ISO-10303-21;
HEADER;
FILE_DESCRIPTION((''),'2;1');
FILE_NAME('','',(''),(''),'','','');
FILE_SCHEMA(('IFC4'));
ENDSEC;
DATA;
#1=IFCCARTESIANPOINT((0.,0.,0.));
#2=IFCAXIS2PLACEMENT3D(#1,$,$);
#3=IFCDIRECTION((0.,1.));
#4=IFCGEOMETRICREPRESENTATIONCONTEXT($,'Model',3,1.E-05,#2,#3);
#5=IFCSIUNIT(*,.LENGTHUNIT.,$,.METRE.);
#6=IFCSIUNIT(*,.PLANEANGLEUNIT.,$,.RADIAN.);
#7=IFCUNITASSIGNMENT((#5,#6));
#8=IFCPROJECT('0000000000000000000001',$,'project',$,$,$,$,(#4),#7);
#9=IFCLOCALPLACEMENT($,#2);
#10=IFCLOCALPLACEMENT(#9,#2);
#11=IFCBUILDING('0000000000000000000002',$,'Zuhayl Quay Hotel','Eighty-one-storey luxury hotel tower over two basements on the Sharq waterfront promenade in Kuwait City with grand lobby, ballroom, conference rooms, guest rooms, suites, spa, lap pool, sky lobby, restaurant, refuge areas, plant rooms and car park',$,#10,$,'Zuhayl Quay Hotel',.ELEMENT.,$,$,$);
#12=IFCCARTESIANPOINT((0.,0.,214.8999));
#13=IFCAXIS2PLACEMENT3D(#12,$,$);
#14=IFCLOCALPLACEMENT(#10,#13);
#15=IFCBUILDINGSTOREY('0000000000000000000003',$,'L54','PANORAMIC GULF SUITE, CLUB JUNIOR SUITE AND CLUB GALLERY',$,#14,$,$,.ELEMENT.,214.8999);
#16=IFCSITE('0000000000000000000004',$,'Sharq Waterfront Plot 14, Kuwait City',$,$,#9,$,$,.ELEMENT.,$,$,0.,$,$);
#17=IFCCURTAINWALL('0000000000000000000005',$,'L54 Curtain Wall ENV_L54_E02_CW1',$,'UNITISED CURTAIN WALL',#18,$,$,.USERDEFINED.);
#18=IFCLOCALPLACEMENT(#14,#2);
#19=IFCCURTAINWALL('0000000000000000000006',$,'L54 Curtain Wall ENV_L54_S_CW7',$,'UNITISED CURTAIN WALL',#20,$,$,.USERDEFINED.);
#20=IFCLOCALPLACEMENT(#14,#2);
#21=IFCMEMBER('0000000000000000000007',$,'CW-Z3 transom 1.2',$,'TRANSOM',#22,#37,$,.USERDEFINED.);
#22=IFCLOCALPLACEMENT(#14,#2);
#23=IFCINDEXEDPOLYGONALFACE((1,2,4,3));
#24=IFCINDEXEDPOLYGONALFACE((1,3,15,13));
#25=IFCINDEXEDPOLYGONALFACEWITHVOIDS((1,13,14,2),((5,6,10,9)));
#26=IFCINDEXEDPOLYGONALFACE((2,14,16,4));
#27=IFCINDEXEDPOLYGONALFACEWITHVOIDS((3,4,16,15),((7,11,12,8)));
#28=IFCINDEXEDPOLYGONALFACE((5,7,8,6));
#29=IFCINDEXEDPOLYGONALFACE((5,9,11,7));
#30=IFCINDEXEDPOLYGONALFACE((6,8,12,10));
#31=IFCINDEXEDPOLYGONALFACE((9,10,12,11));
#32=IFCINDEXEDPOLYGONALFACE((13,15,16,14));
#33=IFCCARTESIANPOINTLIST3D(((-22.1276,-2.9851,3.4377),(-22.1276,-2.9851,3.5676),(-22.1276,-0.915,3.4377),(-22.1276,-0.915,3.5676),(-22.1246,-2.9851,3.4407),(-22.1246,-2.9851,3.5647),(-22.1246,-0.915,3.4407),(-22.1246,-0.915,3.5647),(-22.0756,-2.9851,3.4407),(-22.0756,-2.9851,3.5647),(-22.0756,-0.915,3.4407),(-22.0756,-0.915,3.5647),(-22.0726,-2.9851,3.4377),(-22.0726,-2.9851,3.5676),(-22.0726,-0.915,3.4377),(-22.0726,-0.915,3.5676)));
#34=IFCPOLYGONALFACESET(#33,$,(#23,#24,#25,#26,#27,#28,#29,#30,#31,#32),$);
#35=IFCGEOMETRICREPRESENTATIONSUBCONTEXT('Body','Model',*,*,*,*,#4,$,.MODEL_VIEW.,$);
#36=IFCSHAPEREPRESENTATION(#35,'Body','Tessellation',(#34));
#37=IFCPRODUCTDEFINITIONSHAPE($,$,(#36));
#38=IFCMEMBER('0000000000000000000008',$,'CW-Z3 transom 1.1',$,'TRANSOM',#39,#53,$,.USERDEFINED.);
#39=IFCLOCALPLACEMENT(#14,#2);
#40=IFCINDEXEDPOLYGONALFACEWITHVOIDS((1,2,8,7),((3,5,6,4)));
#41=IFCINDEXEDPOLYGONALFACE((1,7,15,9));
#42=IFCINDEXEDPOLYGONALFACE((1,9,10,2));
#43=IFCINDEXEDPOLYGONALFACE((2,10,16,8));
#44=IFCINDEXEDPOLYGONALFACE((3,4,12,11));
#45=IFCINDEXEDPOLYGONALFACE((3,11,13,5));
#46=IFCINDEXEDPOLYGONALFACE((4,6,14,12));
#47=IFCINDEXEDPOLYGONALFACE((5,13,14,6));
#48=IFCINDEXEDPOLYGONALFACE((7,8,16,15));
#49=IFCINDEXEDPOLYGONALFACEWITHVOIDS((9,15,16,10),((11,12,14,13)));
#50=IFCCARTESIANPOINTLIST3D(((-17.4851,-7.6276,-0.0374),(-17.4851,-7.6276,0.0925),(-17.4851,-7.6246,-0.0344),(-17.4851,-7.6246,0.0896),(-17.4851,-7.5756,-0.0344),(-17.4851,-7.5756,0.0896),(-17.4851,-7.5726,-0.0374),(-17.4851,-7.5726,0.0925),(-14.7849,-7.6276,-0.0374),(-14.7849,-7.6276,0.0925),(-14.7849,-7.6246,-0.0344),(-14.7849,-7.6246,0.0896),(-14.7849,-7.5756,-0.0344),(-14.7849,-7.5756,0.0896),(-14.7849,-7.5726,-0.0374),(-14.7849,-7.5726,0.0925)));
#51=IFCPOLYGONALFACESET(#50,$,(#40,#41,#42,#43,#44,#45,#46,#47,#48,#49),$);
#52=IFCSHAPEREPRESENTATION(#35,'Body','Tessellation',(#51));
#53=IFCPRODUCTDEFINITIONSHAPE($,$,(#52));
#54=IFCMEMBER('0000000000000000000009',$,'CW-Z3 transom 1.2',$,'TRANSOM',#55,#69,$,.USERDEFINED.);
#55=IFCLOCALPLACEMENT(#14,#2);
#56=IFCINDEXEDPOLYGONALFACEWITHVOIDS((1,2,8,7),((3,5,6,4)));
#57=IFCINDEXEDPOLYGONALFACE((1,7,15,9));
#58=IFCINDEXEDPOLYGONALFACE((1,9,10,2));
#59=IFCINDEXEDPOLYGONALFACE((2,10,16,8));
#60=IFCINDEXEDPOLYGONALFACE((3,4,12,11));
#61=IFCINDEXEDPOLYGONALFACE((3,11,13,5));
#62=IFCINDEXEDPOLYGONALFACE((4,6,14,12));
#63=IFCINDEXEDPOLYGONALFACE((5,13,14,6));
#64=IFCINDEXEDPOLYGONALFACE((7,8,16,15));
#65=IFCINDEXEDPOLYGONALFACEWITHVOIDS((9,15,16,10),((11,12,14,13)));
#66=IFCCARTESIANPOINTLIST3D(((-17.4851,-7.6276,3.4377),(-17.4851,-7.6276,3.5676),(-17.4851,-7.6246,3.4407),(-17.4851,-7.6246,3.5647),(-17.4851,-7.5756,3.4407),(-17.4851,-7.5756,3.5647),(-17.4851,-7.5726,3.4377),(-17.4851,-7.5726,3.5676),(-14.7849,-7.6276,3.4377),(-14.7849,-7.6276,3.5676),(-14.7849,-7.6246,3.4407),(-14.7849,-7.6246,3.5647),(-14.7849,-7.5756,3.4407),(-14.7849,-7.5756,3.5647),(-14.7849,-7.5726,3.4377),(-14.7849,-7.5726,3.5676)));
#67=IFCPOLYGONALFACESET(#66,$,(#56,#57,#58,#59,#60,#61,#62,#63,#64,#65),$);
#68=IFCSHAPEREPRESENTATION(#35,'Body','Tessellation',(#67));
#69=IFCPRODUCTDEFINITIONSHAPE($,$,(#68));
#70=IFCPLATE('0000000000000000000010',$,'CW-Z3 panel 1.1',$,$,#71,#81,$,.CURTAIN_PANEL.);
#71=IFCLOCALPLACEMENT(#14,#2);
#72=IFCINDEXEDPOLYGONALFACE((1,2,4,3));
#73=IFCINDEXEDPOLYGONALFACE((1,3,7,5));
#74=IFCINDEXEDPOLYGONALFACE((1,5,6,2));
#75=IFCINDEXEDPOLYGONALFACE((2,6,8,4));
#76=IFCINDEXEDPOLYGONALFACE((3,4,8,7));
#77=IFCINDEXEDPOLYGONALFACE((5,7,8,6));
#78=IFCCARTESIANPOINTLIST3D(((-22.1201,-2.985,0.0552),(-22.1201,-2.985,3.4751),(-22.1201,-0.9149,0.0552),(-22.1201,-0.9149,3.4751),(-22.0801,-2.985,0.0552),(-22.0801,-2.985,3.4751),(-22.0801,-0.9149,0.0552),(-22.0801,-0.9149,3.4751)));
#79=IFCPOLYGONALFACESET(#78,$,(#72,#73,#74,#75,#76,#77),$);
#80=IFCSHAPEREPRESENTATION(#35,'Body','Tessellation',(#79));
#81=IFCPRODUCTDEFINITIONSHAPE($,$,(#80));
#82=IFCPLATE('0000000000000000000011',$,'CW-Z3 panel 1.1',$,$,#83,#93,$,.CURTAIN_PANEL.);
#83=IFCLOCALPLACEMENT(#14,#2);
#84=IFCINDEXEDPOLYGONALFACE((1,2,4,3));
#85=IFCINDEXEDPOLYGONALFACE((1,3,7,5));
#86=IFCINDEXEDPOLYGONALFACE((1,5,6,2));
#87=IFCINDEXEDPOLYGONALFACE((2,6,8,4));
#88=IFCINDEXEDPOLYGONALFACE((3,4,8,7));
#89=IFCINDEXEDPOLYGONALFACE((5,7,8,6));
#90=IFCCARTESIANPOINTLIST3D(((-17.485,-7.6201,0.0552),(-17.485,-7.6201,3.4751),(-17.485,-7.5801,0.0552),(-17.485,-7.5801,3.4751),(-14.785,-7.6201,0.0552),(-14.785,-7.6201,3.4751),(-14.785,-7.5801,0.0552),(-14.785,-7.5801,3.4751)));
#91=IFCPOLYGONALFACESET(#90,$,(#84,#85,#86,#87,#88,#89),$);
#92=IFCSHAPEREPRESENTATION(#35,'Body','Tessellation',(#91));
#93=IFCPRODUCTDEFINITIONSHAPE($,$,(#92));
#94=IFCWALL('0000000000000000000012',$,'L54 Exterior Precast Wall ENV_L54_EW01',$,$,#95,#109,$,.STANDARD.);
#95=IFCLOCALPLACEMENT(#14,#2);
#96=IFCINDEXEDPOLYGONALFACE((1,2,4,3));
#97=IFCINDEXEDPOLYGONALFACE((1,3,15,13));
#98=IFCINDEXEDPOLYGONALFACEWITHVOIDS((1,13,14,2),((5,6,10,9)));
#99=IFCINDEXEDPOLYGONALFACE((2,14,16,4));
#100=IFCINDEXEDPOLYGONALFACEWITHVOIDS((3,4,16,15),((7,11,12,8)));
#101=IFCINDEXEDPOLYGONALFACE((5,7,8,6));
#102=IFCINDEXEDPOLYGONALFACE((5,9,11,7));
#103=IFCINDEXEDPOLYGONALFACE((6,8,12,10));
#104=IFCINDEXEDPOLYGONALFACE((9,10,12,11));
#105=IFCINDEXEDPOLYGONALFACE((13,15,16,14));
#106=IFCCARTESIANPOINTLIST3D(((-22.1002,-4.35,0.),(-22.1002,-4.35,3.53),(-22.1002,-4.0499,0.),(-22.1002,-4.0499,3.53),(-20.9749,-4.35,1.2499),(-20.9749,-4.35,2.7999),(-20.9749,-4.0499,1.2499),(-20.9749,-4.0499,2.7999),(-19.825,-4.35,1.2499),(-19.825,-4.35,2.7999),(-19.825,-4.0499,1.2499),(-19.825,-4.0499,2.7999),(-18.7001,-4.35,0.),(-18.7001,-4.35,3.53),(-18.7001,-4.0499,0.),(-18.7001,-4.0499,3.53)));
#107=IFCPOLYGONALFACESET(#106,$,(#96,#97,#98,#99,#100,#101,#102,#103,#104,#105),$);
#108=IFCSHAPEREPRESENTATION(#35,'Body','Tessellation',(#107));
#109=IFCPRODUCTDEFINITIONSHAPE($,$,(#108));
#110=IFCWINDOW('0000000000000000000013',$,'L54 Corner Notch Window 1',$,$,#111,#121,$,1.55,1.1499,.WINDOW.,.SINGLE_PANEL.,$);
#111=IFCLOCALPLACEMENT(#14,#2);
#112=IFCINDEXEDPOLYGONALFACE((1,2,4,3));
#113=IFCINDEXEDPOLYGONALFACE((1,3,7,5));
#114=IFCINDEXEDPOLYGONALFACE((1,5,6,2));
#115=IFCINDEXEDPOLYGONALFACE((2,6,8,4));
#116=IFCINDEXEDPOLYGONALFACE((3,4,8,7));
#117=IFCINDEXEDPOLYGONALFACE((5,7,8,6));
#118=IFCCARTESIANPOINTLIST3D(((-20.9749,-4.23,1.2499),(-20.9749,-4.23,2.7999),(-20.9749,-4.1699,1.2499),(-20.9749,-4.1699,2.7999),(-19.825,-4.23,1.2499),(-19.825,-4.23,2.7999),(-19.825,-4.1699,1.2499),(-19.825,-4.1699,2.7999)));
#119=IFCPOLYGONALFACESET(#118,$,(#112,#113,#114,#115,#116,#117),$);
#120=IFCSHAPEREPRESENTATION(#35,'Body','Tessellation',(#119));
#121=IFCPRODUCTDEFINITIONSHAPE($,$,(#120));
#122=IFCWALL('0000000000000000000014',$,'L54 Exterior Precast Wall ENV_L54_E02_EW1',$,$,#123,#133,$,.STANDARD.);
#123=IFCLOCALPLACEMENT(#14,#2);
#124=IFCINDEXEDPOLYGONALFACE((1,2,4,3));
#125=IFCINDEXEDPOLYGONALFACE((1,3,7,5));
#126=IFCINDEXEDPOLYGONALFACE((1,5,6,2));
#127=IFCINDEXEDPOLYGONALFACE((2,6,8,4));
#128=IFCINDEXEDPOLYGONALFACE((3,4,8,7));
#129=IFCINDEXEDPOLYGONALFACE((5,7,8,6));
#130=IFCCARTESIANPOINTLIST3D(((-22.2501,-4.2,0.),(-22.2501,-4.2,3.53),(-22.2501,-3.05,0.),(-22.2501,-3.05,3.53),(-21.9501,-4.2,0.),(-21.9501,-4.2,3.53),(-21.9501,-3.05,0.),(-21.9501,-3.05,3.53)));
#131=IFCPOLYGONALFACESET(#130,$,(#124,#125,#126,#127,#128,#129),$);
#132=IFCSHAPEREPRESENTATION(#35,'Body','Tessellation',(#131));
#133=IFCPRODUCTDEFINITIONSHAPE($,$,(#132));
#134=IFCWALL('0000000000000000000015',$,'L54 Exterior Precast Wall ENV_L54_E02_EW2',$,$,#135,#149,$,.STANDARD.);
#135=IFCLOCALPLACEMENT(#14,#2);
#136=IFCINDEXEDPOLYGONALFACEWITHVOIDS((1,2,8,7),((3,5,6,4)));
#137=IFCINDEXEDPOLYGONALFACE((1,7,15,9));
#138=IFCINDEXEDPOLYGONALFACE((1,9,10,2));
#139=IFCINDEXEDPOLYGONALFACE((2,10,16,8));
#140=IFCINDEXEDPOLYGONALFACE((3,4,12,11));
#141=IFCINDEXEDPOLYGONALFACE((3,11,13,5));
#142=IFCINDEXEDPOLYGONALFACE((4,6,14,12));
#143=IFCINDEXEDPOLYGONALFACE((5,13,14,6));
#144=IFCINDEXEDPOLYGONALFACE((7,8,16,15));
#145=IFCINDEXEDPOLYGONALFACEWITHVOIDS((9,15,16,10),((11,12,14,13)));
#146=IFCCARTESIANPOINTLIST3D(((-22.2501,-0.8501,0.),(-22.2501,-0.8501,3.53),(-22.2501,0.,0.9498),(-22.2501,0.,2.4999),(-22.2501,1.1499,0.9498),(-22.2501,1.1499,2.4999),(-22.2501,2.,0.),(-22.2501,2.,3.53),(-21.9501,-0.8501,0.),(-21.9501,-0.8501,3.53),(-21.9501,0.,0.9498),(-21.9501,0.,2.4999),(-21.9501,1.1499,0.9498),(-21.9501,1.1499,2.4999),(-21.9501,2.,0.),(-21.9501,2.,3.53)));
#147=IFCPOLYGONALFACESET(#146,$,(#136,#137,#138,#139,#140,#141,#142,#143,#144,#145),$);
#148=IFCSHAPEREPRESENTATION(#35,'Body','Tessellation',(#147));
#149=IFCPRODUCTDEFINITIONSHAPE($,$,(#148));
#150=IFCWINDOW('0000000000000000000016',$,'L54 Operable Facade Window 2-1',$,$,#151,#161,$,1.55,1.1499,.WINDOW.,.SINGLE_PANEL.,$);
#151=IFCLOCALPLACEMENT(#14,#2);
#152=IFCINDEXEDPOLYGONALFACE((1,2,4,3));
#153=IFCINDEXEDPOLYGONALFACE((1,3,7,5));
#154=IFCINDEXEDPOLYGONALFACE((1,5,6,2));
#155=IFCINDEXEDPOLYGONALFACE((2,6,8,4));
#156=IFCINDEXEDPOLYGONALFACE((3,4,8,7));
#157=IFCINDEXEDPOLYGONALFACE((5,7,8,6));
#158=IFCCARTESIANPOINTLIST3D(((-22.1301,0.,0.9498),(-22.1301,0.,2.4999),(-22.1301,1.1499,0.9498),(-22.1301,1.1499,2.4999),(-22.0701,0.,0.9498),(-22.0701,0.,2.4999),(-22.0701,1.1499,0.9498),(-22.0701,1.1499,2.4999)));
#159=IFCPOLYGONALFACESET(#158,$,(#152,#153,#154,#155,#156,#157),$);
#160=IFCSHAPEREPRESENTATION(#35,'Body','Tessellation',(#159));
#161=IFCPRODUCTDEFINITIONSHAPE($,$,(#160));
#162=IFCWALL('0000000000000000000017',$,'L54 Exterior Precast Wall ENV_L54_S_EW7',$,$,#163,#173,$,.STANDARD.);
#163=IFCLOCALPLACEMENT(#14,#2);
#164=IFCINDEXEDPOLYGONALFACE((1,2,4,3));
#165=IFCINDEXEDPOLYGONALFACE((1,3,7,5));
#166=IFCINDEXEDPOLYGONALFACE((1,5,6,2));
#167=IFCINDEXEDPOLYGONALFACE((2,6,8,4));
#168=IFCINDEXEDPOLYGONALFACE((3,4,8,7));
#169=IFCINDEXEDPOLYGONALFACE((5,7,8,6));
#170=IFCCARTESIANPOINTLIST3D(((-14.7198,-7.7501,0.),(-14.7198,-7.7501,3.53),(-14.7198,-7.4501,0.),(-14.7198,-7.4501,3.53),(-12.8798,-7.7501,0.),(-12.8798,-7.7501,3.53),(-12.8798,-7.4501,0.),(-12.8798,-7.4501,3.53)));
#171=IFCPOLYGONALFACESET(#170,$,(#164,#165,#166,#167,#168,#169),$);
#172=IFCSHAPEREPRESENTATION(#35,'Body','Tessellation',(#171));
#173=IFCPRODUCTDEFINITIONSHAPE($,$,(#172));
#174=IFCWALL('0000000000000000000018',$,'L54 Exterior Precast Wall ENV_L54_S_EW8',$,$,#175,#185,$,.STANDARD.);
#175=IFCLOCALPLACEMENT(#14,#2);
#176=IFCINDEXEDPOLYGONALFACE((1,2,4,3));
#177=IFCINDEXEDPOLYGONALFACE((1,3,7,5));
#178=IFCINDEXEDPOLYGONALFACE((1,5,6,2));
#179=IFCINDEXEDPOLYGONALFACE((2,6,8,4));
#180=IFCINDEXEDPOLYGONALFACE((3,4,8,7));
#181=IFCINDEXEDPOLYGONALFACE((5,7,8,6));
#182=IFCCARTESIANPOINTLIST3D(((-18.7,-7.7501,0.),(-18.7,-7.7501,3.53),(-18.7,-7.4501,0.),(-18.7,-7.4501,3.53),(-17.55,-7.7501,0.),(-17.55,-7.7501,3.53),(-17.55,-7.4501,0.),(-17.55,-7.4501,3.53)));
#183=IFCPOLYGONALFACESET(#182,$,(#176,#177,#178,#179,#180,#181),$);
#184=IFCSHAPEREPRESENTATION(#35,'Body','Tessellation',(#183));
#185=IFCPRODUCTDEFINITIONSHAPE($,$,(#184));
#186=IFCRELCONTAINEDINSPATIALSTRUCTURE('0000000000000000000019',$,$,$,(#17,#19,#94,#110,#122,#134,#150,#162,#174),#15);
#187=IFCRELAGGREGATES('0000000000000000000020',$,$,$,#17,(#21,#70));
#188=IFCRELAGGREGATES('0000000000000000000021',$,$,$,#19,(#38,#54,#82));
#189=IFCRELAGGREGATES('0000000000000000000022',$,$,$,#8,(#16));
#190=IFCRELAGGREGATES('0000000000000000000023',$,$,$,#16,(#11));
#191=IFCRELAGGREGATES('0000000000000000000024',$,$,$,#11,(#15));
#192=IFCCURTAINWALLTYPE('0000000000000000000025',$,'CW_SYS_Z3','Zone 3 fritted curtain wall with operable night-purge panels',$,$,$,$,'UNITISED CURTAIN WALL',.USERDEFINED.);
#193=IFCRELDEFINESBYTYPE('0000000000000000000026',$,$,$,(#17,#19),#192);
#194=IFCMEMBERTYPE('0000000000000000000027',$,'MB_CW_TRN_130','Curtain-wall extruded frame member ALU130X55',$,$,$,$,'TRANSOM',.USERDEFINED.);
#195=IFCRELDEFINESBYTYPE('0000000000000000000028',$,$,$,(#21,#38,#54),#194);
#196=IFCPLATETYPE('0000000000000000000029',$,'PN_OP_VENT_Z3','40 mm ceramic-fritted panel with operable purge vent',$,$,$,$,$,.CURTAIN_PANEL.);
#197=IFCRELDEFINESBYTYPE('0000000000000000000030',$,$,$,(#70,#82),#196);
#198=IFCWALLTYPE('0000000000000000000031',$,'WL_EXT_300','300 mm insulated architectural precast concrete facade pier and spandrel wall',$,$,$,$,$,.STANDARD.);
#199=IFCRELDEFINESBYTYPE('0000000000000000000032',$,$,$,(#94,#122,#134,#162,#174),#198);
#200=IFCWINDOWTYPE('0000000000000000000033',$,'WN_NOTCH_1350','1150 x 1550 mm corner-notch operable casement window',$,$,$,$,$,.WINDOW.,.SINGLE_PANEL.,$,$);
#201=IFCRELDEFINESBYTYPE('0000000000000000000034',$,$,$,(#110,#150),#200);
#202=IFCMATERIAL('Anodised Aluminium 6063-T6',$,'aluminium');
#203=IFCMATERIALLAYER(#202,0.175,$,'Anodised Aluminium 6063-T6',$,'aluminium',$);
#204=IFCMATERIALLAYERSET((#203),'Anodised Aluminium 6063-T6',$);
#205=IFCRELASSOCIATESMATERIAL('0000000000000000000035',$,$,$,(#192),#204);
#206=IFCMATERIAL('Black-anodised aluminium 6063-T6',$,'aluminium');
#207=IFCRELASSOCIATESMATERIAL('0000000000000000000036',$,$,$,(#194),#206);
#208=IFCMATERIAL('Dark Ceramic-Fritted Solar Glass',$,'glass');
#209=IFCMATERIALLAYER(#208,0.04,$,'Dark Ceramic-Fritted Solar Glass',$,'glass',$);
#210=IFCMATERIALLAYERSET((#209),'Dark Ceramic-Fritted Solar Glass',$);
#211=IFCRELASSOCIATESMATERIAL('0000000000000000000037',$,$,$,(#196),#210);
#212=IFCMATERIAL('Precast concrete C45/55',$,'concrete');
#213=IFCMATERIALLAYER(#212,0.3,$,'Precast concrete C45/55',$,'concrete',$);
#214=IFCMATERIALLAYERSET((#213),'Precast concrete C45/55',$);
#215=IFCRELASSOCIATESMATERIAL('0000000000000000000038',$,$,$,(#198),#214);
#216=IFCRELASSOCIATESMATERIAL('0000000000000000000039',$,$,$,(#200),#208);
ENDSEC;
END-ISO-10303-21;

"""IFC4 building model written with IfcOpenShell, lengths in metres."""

from ifc_helpers import new_model, si_unit, direction, frame, frame_2d, origin, origin_2d, place, context, subcontext, project, spatial, rectangle, hollow_rectangle, extrude, material, layer, layer_set, material_profile, profile_set, type_object, element, fill, aggregate, save


model = new_model("IFC4")

# Units and contexts
model_context = context("Model", 3, precision=1e-05, world=origin(), true_north=direction((0.0, 1.0)))
body_context = subcontext(model_context, "Body", "Model", "MODEL_VIEW")
ifc_project = project(units=[si_unit("LENGTHUNIT", "METRE"), si_unit("PLANEANGLEUNIT", "RADIAN")], contexts=[model_context])

# Site, building, storey
site_placement = place(None, origin())
site = spatial("IfcSite", under=ifc_project, at=site_placement, Name="Sharq Waterfront Plot 14, Kuwait City", CompositionType="ELEMENT", RefElevation=0.0)
building_placement = place(site_placement, origin())
building = spatial("IfcBuilding", under=site, at=building_placement, Name="Zuhayl Quay Hotel", Description="Eighty-one-storey luxury hotel tower over two basements on the Sharq waterfront promenade in Kuwait City with grand lobby, ballroom, conference rooms, guest rooms, suites, spa, lap pool, sky lobby, restaurant, refuge areas, plant rooms and car park", LongName="Zuhayl Quay Hotel", CompositionType="ELEMENT")
storey_placement = place(building_placement, frame((0.0, 0.0, 214.8999)))
storey = spatial("IfcBuildingStorey", under=building, at=storey_placement, Name="L54", Description="PANORAMIC GULF SUITE, CLUB JUNIOR SUITE AND CLUB GALLERY", CompositionType="ELEMENT", Elevation=214.8999)

# Curtain wall
ifc_material_1 = material(Name="Anodised Aluminium 6063-T6", Category="aluminium")
ifc_layer_1 = layer(ifc_material_1, 0.175, Name="Anodised Aluminium 6063-T6", Category="aluminium")
ifc_layer_set_1 = layer_set([ifc_layer_1], Name="Anodised Aluminium 6063-T6")
curtain_wall_type = type_object("IfcCurtainWallType", Name="CW_SYS_Z3", Description="Zone 3 fritted curtain wall with operable night-purge panels", ElementType="UNITISED CURTAIN WALL", PredefinedType="USERDEFINED", material=ifc_layer_set_1)
curtain_wall_1_placement = place(storey_placement, origin())
curtain_wall_1 = element("IfcCurtainWall", 1, at=curtain_wall_1_placement, inside=storey, type_object=curtain_wall_type, Name="L54 Curtain Wall ENV_L54_E02_CW1", ObjectType="UNITISED CURTAIN WALL", PredefinedType="USERDEFINED")
ifc_material_2 = material(Name="Black-anodised aluminium 6063-T6", Category="aluminium")

# Curtain wall
curtain_wall_2_placement = place(storey_placement, origin())
curtain_wall_2 = element("IfcCurtainWall", 2, at=curtain_wall_2_placement, inside=storey, type_object=curtain_wall_type, Name="L54 Curtain Wall ENV_L54_S_CW7", ObjectType="UNITISED CURTAIN WALL", PredefinedType="USERDEFINED")

# Members
ifc_material_profile_1 = material_profile(ifc_material_2, hollow_rectangle(XDim=0.0549, YDim=0.1299, WallThickness=0.0029, at=origin_2d()), Name="ALU130X55")
ifc_profile_set_1 = profile_set([ifc_material_profile_1], Name="Black-anodised aluminium 6063-T6")
member_type_1 = type_object("IfcMemberType", Name="MB_CW_TRN_130", Description="Curtain-wall extruded frame member ALU130X55", ElementType="TRANSOM", PredefinedType="USERDEFINED", material=ifc_profile_set_1)
member_1_placement = place(storey_placement, frame((-22.1001, -2.9851, 3.5027), z_axis=(0.0, 1.0, 0.0), x_axis=(-1.0, 0.0, 0.0)))
member_1 = element("IfcMember", 3, at=member_1_placement, type_object=member_type_1, Name="CW-Z3 transom 1.2", ObjectType="TRANSOM", PredefinedType="USERDEFINED", context=body_context, shape_type="SweptSolid", body=[
    extrude(hollow_rectangle(XDim=0.0549, YDim=0.1299, WallThickness=0.0029, at=origin_2d()), origin(), (0.0, 0.0, 1.0), 2.0701),
])
member_2_placement = place(storey_placement, frame((-14.7849, -7.6001, 0.0276), z_axis=(-1.0, 0.0, 0.0), x_axis=(0.0, -1.0, 0.0)))
member_2 = element("IfcMember", 4, at=member_2_placement, type_object=member_type_1, Name="CW-Z3 transom 1.1", ObjectType="TRANSOM", PredefinedType="USERDEFINED", context=body_context, shape_type="SweptSolid", body=[
    extrude(hollow_rectangle(XDim=0.0549, YDim=0.1299, WallThickness=0.0029, at=origin_2d()), origin(), (0.0, 0.0, 1.0), 2.7002),
])
member_3_placement = place(storey_placement, frame((-14.7849, -7.6001, 3.5027), z_axis=(-1.0, 0.0, 0.0), x_axis=(0.0, -1.0, 0.0)))
member_3 = element("IfcMember", 5, at=member_3_placement, type_object=member_type_1, Name="CW-Z3 transom 1.2", ObjectType="TRANSOM", PredefinedType="USERDEFINED", context=body_context, shape_type="SweptSolid", body=[
    extrude(hollow_rectangle(XDim=0.0549, YDim=0.1299, WallThickness=0.0029, at=origin_2d()), origin(), (0.0, 0.0, 1.0), 2.7002),
])

# Plates
ifc_material_3 = material(Name="Dark Ceramic-Fritted Solar Glass", Category="glass")
ifc_layer_2 = layer(ifc_material_3, 0.04, Name="Dark Ceramic-Fritted Solar Glass", Category="glass")
ifc_layer_set_2 = layer_set([ifc_layer_2], Name="Dark Ceramic-Fritted Solar Glass")
plate_type = type_object("IfcPlateType", Name="PN_OP_VENT_Z3", Description="40 mm ceramic-fritted panel with operable purge vent", PredefinedType="CURTAIN_PANEL", material=ifc_layer_set_2)
plate_1_placement = place(storey_placement, frame((-22.1001, -1.95, 0.0552), z_axis=(0.0, 0.0, 1.0), x_axis=(0.0, 1.0, 0.0)))
plate_1 = element("IfcPlate", 6, at=plate_1_placement, type_object=plate_type, Name="CW-Z3 panel 1.1", PredefinedType="CURTAIN_PANEL", context=body_context, shape_type="SweptSolid", body=[
    extrude(rectangle(XDim=2.0701, YDim=0.04, at=origin_2d()), origin(), (0.0, 0.0, 1.0), 3.4199),
])
aggregate(curtain_wall_1, [member_1, plate_1])
plate_2_placement = place(storey_placement, frame((-16.135, -7.6001, 0.0552), z_axis=(0.0, 0.0, 1.0), x_axis=(-1.0, 0.0, 0.0)))
plate_2 = element("IfcPlate", 7, at=plate_2_placement, type_object=plate_type, Name="CW-Z3 panel 1.1", PredefinedType="CURTAIN_PANEL", context=body_context, shape_type="SweptSolid", body=[
    extrude(rectangle(XDim=2.7, YDim=0.04, at=origin_2d()), origin(), (0.0, 0.0, 1.0), 3.4199),
])
aggregate(curtain_wall_2, [member_2, member_3, plate_2])

# Wall, opening, window
ifc_material_4 = material(Name="Precast concrete C45/55", Category="concrete")
ifc_layer_3 = layer(ifc_material_4, 0.3, Name="Precast concrete C45/55", Category="concrete")
ifc_layer_set_3 = layer_set([ifc_layer_3], Name="Precast concrete C45/55")
wall_type_1 = type_object("IfcWallType", Name="WL_EXT_300", Description="300 mm insulated architectural precast concrete facade pier and spandrel wall", PredefinedType="STANDARD", material=ifc_layer_set_3)
wall_1_placement = place(storey_placement, frame((-18.7, -4.2, 0.0), z_axis=(0.0, 0.0, 1.0), x_axis=(-1.0, 0.0, 0.0)))
wall_1 = element("IfcWall", 8, at=wall_1_placement, inside=storey, type_object=wall_type_1, Name="L54 Exterior Precast Wall ENV_L54_EW01", PredefinedType="STANDARD", context=body_context, shape_type="SweptSolid", body=[
    extrude(rectangle(XDim=3.4001, YDim=0.3, at=frame_2d((1.7002, 0.0))), origin(), (0.0, 0.0, 1.0), 3.53),
])
opening_1_placement = place(wall_1_placement, frame((1.125, 0.0, 1.25)))
opening_1 = element("IfcOpeningElement", 9, at=opening_1_placement, cuts=wall_1, PredefinedType="OPENING", context=body_context, shape_type="SweptSolid", body=[
    extrude(rectangle(XDim=1.1499, YDim=1.55, at=frame_2d((0.575, 0.7749))), frame((0.0, 0.1599, 0.0), z_axis=(0.0, -1.0, 0.0), x_axis=(1.0, 0.0, 0.0)), (0.0, 0.0, 1.0), 0.3201),
])
window_type = type_object("IfcWindowType", Name="WN_NOTCH_1350", Description="1150 x 1550 mm corner-notch operable casement window", PartitioningType="SINGLE_PANEL", PredefinedType="WINDOW", material=ifc_material_3)
window_1_placement = place(opening_1_placement, origin())
window_1 = element("IfcWindow", 10, at=window_1_placement, inside=storey, type_object=window_type, Name="L54 Corner Notch Window 1", OverallHeight=1.55, OverallWidth=1.1499, PartitioningType="SINGLE_PANEL", PredefinedType="WINDOW", context=body_context, shape_type="SweptSolid", body=[
    extrude(rectangle(XDim=1.1499, YDim=1.55, at=frame_2d((0.575, 0.7749))), frame((0.0, 0.03, 0.0), z_axis=(0.0, -1.0, 0.0), x_axis=(1.0, 0.0, 0.0)), (0.0, 0.0, 1.0), 0.0601),
])
fill(opening_1, window_1)

# Wall
wall_2_placement = place(storey_placement, frame((-22.1001, -4.2, 0.0), z_axis=(0.0, 0.0, 1.0), x_axis=(0.0, 1.0, 0.0)))
element("IfcWall", 11, at=wall_2_placement, inside=storey, type_object=wall_type_1, Name="L54 Exterior Precast Wall ENV_L54_E02_EW1", PredefinedType="STANDARD", context=body_context, shape_type="SweptSolid", body=[
    extrude(rectangle(XDim=1.1499, YDim=0.3, at=frame_2d((0.575, 0.0))), origin(), (0.0, 0.0, 1.0), 3.53),
])

# Wall, opening, window
wall_3_placement = place(storey_placement, frame((-22.1001, -0.8501, 0.0), z_axis=(0.0, 0.0, 1.0), x_axis=(0.0, 1.0, 0.0)))
wall_3 = element("IfcWall", 12, at=wall_3_placement, inside=storey, type_object=wall_type_1, Name="L54 Exterior Precast Wall ENV_L54_E02_EW2", PredefinedType="STANDARD", context=body_context, shape_type="SweptSolid", body=[
    extrude(rectangle(XDim=2.8501, YDim=0.3, at=frame_2d((1.425, 0.0))), origin(), (0.0, 0.0, 1.0), 3.53),
])
opening_2_placement = place(wall_3_placement, frame((0.8501, 0.0, 0.95)))
opening_2 = element("IfcOpeningElement", 13, at=opening_2_placement, cuts=wall_3, PredefinedType="OPENING", context=body_context, shape_type="SweptSolid", body=[
    extrude(rectangle(XDim=1.1499, YDim=1.55, at=frame_2d((0.575, 0.7749))), frame((0.0, 0.1599, 0.0), z_axis=(0.0, -1.0, 0.0), x_axis=(1.0, 0.0, 0.0)), (0.0, 0.0, 1.0), 0.3201),
])
window_2_placement = place(opening_2_placement, origin())
window_2 = element("IfcWindow", 14, at=window_2_placement, inside=storey, type_object=window_type, Name="L54 Operable Facade Window 2-1", OverallHeight=1.55, OverallWidth=1.1499, PartitioningType="SINGLE_PANEL", PredefinedType="WINDOW", context=body_context, shape_type="SweptSolid", body=[
    extrude(rectangle(XDim=1.1499, YDim=1.55, at=frame_2d((0.575, 0.7749))), frame((0.0, 0.03, 0.0), z_axis=(0.0, -1.0, 0.0), x_axis=(1.0, 0.0, 0.0)), (0.0, 0.0, 1.0), 0.0601),
])
fill(opening_2, window_2)

# Walls
wall_4_placement = place(storey_placement, frame((-12.8799, -7.6001, 0.0), z_axis=(0.0, 0.0, 1.0), x_axis=(-1.0, 0.0, 0.0)))
element("IfcWall", 15, at=wall_4_placement, inside=storey, type_object=wall_type_1, Name="L54 Exterior Precast Wall ENV_L54_S_EW7", PredefinedType="STANDARD", context=body_context, shape_type="SweptSolid", body=[
    extrude(rectangle(XDim=1.8401, YDim=0.3, at=frame_2d((0.9199, 0.0))), origin(), (0.0, 0.0, 1.0), 3.53),
])
wall_5_placement = place(storey_placement, frame((-17.55, -7.6001, 0.0), z_axis=(0.0, 0.0, 1.0), x_axis=(-1.0, 0.0, 0.0)))
element("IfcWall", 16, at=wall_5_placement, inside=storey, type_object=wall_type_1, Name="L54 Exterior Precast Wall ENV_L54_S_EW8", PredefinedType="STANDARD", context=body_context, shape_type="SweptSolid", body=[
    extrude(rectangle(XDim=1.1499, YDim=0.3, at=frame_2d((0.575, 0.0))), origin(), (0.0, 0.0, 1.0), 3.53),
])

save(model, "model.ifc")
